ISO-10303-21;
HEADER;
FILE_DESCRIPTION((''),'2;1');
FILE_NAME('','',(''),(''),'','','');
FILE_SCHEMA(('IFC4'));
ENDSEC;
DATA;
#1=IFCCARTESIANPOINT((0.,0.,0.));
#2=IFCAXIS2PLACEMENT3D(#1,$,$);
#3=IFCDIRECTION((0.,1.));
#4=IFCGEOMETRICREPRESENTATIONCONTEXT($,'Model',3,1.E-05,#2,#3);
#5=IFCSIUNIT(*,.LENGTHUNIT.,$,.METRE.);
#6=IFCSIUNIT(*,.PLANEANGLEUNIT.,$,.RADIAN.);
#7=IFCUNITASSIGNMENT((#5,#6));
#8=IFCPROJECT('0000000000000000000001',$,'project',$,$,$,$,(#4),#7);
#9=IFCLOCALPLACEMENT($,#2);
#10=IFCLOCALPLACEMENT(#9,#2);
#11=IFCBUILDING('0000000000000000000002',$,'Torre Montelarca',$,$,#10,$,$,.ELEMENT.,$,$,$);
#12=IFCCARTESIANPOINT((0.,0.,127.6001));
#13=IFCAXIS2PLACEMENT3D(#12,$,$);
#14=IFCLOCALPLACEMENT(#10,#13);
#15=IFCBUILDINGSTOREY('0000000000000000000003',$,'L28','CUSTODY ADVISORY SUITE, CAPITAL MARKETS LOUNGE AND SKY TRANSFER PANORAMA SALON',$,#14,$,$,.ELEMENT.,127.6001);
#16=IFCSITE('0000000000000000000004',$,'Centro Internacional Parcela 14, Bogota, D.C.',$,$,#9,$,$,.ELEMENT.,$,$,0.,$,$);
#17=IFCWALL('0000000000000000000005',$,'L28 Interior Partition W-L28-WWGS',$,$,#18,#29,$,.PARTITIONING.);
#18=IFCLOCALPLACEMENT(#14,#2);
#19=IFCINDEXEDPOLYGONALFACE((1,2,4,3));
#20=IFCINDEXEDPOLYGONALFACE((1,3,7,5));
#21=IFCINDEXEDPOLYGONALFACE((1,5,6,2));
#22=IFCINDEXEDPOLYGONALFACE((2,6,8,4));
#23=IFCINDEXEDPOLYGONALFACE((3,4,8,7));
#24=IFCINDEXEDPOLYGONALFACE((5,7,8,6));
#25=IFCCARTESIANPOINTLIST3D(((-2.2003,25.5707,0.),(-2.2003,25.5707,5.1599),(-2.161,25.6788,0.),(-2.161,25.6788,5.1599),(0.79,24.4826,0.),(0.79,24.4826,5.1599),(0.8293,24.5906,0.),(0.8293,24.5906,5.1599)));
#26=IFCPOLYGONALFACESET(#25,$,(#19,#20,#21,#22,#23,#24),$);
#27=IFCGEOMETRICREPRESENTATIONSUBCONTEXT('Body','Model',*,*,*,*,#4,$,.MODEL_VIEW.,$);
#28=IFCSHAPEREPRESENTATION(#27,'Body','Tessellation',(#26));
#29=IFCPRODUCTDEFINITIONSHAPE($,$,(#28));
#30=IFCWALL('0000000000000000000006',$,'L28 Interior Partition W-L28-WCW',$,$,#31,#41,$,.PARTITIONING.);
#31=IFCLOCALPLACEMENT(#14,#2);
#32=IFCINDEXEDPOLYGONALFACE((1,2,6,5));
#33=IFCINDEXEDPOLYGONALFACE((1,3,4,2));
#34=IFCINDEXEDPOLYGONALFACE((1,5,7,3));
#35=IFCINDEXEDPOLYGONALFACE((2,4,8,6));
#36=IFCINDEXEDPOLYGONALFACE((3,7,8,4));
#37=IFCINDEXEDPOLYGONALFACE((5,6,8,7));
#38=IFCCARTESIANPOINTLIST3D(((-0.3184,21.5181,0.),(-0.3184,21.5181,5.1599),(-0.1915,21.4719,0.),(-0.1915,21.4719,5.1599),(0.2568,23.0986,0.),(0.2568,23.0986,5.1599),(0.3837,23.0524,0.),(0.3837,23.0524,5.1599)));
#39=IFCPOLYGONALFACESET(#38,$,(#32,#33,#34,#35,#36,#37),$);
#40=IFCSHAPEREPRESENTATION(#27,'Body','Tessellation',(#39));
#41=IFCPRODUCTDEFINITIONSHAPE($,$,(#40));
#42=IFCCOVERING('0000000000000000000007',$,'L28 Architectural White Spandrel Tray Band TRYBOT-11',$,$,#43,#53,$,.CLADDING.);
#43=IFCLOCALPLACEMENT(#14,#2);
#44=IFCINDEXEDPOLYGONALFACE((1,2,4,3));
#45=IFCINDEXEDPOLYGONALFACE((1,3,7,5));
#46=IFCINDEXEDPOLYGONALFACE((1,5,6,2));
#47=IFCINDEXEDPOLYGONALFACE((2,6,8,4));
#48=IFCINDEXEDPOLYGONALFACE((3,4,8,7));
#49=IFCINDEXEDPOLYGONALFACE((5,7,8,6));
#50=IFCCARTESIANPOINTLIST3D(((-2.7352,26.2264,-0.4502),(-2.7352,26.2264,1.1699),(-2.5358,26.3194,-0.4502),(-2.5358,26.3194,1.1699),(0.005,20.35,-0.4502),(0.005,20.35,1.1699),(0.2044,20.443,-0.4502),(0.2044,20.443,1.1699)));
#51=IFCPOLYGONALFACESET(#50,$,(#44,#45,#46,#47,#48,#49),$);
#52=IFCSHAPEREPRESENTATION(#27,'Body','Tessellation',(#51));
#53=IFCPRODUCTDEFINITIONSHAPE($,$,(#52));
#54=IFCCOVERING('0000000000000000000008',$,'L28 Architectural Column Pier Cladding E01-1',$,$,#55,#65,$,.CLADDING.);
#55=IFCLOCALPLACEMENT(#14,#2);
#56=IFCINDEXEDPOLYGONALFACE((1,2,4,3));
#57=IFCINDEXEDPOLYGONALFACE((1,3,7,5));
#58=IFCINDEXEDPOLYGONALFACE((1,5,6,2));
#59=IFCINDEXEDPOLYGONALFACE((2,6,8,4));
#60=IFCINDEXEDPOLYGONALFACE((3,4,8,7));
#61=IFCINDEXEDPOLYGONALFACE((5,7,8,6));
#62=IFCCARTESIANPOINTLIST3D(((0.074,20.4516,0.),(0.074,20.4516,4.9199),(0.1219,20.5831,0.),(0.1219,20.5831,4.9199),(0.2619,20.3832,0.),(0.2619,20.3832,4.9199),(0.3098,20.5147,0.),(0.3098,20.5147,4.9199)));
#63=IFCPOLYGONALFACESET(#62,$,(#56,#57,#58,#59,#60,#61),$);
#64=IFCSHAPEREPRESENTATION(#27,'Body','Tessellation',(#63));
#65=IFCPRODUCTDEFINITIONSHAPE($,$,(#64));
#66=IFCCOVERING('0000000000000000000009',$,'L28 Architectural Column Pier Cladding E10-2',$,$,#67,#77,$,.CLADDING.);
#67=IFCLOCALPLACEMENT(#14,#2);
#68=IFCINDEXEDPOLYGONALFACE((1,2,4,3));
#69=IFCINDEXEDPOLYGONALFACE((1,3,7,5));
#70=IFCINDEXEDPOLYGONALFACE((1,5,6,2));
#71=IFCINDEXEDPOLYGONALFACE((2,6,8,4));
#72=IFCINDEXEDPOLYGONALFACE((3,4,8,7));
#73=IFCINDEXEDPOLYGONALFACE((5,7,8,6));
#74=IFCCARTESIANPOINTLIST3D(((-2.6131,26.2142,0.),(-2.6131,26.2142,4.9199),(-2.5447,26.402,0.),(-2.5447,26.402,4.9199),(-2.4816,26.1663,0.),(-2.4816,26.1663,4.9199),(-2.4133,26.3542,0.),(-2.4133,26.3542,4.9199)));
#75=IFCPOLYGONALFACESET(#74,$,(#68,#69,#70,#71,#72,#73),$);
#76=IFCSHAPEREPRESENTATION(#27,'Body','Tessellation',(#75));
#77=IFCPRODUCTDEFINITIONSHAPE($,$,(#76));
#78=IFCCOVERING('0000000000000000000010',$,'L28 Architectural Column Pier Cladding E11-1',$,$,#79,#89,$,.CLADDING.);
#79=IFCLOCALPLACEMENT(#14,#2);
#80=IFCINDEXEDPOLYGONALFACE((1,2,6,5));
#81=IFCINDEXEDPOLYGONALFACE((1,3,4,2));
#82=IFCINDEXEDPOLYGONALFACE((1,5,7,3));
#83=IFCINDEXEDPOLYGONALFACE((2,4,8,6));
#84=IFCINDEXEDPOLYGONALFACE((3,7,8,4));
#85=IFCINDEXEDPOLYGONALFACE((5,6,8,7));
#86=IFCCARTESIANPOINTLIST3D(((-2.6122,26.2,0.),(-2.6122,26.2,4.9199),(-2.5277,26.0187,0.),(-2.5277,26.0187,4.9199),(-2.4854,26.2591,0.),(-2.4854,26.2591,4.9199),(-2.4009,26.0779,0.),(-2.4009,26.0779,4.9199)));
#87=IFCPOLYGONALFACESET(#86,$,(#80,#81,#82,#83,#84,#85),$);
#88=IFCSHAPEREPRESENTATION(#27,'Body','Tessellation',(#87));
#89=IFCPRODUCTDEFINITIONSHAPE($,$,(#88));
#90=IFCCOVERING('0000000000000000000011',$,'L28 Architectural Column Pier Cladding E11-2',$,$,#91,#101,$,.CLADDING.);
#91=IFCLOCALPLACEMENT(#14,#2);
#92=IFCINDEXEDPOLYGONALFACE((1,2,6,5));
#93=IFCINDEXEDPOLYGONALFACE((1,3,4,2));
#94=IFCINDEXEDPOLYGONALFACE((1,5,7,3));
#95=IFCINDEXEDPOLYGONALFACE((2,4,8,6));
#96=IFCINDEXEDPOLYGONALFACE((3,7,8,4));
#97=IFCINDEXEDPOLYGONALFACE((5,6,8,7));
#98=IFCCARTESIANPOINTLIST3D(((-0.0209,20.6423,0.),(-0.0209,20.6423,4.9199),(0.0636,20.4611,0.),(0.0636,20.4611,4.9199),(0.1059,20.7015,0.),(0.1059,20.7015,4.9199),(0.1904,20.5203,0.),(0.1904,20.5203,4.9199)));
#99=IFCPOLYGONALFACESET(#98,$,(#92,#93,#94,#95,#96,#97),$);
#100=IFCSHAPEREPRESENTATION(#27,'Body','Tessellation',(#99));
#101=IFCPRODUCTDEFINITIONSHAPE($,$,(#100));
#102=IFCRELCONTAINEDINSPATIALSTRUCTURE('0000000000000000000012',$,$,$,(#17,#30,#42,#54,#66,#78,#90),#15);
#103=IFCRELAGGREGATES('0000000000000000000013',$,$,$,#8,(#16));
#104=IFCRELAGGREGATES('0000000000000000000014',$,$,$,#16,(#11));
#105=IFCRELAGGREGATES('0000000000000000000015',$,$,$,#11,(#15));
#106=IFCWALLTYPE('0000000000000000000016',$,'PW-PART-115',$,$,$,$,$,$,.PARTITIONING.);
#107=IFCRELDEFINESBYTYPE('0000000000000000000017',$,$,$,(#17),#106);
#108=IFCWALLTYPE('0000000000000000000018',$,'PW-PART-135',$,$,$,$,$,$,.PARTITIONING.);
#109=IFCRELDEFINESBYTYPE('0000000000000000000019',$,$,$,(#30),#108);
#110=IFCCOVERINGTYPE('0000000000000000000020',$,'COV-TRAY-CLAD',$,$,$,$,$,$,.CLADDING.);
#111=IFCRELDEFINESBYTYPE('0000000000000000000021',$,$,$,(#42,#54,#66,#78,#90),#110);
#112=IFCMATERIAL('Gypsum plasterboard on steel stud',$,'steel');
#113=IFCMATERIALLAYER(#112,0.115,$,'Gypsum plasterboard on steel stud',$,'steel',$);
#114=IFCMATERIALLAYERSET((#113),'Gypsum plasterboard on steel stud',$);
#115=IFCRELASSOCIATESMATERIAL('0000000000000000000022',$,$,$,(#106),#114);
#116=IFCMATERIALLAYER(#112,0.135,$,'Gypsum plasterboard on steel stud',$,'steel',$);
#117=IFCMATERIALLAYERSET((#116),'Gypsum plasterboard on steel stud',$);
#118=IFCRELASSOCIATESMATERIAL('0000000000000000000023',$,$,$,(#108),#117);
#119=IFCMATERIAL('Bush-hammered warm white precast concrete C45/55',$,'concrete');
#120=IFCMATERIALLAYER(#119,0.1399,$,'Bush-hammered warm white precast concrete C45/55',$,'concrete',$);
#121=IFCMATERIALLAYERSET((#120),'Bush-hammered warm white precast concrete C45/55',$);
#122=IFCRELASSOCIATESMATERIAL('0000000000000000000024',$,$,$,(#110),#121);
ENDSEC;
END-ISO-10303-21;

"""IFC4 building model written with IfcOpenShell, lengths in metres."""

from ifc_helpers import new_model, si_unit, direction, frame, frame_2d, origin, origin_2d, place, context, subcontext, project, spatial, rectangle, extrude, source, transform, mapped, material, layer, layer_set, type_object, element, save


model = new_model("IFC4")

# Units and contexts
model_context = context("Model", 3, precision=1e-05, world=origin(), true_north=direction((0.0, 1.0)))
body_context = subcontext(model_context, "Body", "Model", "MODEL_VIEW")
ifc_project = project(units=[si_unit("LENGTHUNIT", "METRE"), si_unit("PLANEANGLEUNIT", "RADIAN")], contexts=[model_context])

# Site, building, storey
site_placement = place(None, origin())
site = spatial("IfcSite", under=ifc_project, at=site_placement, Name="Centro Internacional Parcela 14, Bogota, D.C.", CompositionType="ELEMENT", RefElevation=0.0)
building_placement = place(site_placement, origin())
building = spatial("IfcBuilding", under=site, at=building_placement, Name="Torre Montelarca", CompositionType="ELEMENT")
storey_placement = place(building_placement, frame((0.0, 0.0, 127.6001)))
storey = spatial("IfcBuildingStorey", under=building, at=storey_placement, Name="L28", Description="CUSTODY ADVISORY SUITE, CAPITAL MARKETS LOUNGE AND SKY TRANSFER PANORAMA SALON", CompositionType="ELEMENT", Elevation=127.6001)

# Walls
ifc_material_1 = material(Name="Gypsum plasterboard on steel stud", Category="steel")
ifc_layer_1 = layer(ifc_material_1, 0.115, Name="Gypsum plasterboard on steel stud", Category="steel")
ifc_layer_set_1 = layer_set([ifc_layer_1], Name="Gypsum plasterboard on steel stud")
wall_type_1 = type_object("IfcWallType", Name="PW-PART-115", PredefinedType="PARTITIONING", material=ifc_layer_set_1)
wall_1_placement = place(storey_placement, frame((-2.1807, 25.6248, 0.0), z_axis=(0.0, 0.0, 1.0), x_axis=(0.939715, -0.341959, 0.0)))
element("IfcWall", 1, at=wall_1_placement, inside=storey, type_object=wall_type_1, Name="L28 Interior Partition W-L28-WWGS", PredefinedType="PARTITIONING", context=body_context, shape_type="SweptSolid", body=[
    extrude(rectangle(XDim=3.1821, YDim=0.115, at=frame_2d((1.5911, 0.0))), origin(), (0.0, 0.0, 1.0), 5.1599),
])
ifc_layer_2 = layer(ifc_material_1, 0.135, Name="Gypsum plasterboard on steel stud", Category="steel")
ifc_layer_set_2 = layer_set([ifc_layer_2], Name="Gypsum plasterboard on steel stud")
wall_type_2 = type_object("IfcWallType", Name="PW-PART-135", PredefinedType="PARTITIONING", material=ifc_layer_set_2)
wall_2_placement = place(storey_placement, frame((-0.2549, 21.4951, 0.0), z_axis=(0.0, 0.0, 1.0), x_axis=(0.341976, 0.939709, 0.0)))
element("IfcWall", 2, at=wall_2_placement, inside=storey, type_object=wall_type_2, Name="L28 Interior Partition W-L28-WCW", PredefinedType="PARTITIONING", context=body_context, shape_type="SweptSolid", body=[
    extrude(rectangle(XDim=1.6819, YDim=0.135, at=frame_2d((0.8408, 0.0))), origin(), (0.0, 0.0, 1.0), 5.1599),
])

# Coverings
ifc_material_2 = material(Name="Bush-hammered warm white precast concrete C45/55", Category="concrete")
ifc_layer_3 = layer(ifc_material_2, 0.1399, Name="Bush-hammered warm white precast concrete C45/55", Category="concrete")
ifc_layer_set_3 = layer_set([ifc_layer_3], Name="Bush-hammered warm white precast concrete C45/55")
covering_type = type_object("IfcCoveringType", Name="COV-TRAY-CLAD", PredefinedType="CLADDING", material=ifc_layer_set_3)
shared_shape_1 = source(origin(), body_context, "Body", "SweptSolid", [
    extrude(rectangle(XDim=6.4839, YDim=0.22, at=origin_2d()), origin(), (0.0, 0.0, 1.0), 1.6201),
])
covering_placement = place(storey_placement, frame((-1.2654, 23.3347, -0.4502), z_axis=(0.0, 0.0, 1.0), x_axis=(0.422615, -0.906309, 0.0)))
element("IfcCovering", 3, at=covering_placement, inside=storey, type_object=covering_type, Name="L28 Architectural White Spandrel Tray Band TRYBOT-11", PredefinedType="CLADDING", context=body_context, shape_type="MappedRepresentation", body=[
    mapped(shared_shape_1, transform((0.0, 0.0, 0.0), scale=1.0)),
])
shared_shape_2 = source(origin(), body_context, "Body", "SweptSolid", [
    extrude(rectangle(XDim=0.2, YDim=0.1399, at=origin_2d()), origin(), (0.0, 0.0, 1.0), 4.9199),
])
for number, where, z_axis, x_axis, name in (
    (4, (0.1919, 20.4832, 0.0), (0.0, 0.0, 1.0), (0.939694, -0.342017, 0.0), "L28 Architectural Column Pier Cladding E01-1"),
    (5, (-2.5132, 26.2842, 0.0), (0.0, 0.0, 1.0), (-0.342019, -0.939693, 0.0), "L28 Architectural Column Pier Cladding E10-2"),
    (6, (-2.5066, 26.1389, 0.0), (0.0, 0.0, 1.0), (0.422612, -0.906311, 0.0), "L28 Architectural Column Pier Cladding E11-1"),
    (7, (0.0847, 20.5813, 0.0), (0.0, 0.0, 1.0), (0.422612, -0.906311, 0.0), "L28 Architectural Column Pier Cladding E11-2"),
):
    element("IfcCovering", number, at=place(storey_placement, frame(where, z_axis=z_axis, x_axis=x_axis)), inside=storey, type_object=covering_type, Name=name, PredefinedType="CLADDING", context=body_context, shape_type="MappedRepresentation", body=[
        mapped(shared_shape_2, transform((0.0, 0.0, 0.0), scale=1.0)),
    ])

save(model, "model.ifc")
